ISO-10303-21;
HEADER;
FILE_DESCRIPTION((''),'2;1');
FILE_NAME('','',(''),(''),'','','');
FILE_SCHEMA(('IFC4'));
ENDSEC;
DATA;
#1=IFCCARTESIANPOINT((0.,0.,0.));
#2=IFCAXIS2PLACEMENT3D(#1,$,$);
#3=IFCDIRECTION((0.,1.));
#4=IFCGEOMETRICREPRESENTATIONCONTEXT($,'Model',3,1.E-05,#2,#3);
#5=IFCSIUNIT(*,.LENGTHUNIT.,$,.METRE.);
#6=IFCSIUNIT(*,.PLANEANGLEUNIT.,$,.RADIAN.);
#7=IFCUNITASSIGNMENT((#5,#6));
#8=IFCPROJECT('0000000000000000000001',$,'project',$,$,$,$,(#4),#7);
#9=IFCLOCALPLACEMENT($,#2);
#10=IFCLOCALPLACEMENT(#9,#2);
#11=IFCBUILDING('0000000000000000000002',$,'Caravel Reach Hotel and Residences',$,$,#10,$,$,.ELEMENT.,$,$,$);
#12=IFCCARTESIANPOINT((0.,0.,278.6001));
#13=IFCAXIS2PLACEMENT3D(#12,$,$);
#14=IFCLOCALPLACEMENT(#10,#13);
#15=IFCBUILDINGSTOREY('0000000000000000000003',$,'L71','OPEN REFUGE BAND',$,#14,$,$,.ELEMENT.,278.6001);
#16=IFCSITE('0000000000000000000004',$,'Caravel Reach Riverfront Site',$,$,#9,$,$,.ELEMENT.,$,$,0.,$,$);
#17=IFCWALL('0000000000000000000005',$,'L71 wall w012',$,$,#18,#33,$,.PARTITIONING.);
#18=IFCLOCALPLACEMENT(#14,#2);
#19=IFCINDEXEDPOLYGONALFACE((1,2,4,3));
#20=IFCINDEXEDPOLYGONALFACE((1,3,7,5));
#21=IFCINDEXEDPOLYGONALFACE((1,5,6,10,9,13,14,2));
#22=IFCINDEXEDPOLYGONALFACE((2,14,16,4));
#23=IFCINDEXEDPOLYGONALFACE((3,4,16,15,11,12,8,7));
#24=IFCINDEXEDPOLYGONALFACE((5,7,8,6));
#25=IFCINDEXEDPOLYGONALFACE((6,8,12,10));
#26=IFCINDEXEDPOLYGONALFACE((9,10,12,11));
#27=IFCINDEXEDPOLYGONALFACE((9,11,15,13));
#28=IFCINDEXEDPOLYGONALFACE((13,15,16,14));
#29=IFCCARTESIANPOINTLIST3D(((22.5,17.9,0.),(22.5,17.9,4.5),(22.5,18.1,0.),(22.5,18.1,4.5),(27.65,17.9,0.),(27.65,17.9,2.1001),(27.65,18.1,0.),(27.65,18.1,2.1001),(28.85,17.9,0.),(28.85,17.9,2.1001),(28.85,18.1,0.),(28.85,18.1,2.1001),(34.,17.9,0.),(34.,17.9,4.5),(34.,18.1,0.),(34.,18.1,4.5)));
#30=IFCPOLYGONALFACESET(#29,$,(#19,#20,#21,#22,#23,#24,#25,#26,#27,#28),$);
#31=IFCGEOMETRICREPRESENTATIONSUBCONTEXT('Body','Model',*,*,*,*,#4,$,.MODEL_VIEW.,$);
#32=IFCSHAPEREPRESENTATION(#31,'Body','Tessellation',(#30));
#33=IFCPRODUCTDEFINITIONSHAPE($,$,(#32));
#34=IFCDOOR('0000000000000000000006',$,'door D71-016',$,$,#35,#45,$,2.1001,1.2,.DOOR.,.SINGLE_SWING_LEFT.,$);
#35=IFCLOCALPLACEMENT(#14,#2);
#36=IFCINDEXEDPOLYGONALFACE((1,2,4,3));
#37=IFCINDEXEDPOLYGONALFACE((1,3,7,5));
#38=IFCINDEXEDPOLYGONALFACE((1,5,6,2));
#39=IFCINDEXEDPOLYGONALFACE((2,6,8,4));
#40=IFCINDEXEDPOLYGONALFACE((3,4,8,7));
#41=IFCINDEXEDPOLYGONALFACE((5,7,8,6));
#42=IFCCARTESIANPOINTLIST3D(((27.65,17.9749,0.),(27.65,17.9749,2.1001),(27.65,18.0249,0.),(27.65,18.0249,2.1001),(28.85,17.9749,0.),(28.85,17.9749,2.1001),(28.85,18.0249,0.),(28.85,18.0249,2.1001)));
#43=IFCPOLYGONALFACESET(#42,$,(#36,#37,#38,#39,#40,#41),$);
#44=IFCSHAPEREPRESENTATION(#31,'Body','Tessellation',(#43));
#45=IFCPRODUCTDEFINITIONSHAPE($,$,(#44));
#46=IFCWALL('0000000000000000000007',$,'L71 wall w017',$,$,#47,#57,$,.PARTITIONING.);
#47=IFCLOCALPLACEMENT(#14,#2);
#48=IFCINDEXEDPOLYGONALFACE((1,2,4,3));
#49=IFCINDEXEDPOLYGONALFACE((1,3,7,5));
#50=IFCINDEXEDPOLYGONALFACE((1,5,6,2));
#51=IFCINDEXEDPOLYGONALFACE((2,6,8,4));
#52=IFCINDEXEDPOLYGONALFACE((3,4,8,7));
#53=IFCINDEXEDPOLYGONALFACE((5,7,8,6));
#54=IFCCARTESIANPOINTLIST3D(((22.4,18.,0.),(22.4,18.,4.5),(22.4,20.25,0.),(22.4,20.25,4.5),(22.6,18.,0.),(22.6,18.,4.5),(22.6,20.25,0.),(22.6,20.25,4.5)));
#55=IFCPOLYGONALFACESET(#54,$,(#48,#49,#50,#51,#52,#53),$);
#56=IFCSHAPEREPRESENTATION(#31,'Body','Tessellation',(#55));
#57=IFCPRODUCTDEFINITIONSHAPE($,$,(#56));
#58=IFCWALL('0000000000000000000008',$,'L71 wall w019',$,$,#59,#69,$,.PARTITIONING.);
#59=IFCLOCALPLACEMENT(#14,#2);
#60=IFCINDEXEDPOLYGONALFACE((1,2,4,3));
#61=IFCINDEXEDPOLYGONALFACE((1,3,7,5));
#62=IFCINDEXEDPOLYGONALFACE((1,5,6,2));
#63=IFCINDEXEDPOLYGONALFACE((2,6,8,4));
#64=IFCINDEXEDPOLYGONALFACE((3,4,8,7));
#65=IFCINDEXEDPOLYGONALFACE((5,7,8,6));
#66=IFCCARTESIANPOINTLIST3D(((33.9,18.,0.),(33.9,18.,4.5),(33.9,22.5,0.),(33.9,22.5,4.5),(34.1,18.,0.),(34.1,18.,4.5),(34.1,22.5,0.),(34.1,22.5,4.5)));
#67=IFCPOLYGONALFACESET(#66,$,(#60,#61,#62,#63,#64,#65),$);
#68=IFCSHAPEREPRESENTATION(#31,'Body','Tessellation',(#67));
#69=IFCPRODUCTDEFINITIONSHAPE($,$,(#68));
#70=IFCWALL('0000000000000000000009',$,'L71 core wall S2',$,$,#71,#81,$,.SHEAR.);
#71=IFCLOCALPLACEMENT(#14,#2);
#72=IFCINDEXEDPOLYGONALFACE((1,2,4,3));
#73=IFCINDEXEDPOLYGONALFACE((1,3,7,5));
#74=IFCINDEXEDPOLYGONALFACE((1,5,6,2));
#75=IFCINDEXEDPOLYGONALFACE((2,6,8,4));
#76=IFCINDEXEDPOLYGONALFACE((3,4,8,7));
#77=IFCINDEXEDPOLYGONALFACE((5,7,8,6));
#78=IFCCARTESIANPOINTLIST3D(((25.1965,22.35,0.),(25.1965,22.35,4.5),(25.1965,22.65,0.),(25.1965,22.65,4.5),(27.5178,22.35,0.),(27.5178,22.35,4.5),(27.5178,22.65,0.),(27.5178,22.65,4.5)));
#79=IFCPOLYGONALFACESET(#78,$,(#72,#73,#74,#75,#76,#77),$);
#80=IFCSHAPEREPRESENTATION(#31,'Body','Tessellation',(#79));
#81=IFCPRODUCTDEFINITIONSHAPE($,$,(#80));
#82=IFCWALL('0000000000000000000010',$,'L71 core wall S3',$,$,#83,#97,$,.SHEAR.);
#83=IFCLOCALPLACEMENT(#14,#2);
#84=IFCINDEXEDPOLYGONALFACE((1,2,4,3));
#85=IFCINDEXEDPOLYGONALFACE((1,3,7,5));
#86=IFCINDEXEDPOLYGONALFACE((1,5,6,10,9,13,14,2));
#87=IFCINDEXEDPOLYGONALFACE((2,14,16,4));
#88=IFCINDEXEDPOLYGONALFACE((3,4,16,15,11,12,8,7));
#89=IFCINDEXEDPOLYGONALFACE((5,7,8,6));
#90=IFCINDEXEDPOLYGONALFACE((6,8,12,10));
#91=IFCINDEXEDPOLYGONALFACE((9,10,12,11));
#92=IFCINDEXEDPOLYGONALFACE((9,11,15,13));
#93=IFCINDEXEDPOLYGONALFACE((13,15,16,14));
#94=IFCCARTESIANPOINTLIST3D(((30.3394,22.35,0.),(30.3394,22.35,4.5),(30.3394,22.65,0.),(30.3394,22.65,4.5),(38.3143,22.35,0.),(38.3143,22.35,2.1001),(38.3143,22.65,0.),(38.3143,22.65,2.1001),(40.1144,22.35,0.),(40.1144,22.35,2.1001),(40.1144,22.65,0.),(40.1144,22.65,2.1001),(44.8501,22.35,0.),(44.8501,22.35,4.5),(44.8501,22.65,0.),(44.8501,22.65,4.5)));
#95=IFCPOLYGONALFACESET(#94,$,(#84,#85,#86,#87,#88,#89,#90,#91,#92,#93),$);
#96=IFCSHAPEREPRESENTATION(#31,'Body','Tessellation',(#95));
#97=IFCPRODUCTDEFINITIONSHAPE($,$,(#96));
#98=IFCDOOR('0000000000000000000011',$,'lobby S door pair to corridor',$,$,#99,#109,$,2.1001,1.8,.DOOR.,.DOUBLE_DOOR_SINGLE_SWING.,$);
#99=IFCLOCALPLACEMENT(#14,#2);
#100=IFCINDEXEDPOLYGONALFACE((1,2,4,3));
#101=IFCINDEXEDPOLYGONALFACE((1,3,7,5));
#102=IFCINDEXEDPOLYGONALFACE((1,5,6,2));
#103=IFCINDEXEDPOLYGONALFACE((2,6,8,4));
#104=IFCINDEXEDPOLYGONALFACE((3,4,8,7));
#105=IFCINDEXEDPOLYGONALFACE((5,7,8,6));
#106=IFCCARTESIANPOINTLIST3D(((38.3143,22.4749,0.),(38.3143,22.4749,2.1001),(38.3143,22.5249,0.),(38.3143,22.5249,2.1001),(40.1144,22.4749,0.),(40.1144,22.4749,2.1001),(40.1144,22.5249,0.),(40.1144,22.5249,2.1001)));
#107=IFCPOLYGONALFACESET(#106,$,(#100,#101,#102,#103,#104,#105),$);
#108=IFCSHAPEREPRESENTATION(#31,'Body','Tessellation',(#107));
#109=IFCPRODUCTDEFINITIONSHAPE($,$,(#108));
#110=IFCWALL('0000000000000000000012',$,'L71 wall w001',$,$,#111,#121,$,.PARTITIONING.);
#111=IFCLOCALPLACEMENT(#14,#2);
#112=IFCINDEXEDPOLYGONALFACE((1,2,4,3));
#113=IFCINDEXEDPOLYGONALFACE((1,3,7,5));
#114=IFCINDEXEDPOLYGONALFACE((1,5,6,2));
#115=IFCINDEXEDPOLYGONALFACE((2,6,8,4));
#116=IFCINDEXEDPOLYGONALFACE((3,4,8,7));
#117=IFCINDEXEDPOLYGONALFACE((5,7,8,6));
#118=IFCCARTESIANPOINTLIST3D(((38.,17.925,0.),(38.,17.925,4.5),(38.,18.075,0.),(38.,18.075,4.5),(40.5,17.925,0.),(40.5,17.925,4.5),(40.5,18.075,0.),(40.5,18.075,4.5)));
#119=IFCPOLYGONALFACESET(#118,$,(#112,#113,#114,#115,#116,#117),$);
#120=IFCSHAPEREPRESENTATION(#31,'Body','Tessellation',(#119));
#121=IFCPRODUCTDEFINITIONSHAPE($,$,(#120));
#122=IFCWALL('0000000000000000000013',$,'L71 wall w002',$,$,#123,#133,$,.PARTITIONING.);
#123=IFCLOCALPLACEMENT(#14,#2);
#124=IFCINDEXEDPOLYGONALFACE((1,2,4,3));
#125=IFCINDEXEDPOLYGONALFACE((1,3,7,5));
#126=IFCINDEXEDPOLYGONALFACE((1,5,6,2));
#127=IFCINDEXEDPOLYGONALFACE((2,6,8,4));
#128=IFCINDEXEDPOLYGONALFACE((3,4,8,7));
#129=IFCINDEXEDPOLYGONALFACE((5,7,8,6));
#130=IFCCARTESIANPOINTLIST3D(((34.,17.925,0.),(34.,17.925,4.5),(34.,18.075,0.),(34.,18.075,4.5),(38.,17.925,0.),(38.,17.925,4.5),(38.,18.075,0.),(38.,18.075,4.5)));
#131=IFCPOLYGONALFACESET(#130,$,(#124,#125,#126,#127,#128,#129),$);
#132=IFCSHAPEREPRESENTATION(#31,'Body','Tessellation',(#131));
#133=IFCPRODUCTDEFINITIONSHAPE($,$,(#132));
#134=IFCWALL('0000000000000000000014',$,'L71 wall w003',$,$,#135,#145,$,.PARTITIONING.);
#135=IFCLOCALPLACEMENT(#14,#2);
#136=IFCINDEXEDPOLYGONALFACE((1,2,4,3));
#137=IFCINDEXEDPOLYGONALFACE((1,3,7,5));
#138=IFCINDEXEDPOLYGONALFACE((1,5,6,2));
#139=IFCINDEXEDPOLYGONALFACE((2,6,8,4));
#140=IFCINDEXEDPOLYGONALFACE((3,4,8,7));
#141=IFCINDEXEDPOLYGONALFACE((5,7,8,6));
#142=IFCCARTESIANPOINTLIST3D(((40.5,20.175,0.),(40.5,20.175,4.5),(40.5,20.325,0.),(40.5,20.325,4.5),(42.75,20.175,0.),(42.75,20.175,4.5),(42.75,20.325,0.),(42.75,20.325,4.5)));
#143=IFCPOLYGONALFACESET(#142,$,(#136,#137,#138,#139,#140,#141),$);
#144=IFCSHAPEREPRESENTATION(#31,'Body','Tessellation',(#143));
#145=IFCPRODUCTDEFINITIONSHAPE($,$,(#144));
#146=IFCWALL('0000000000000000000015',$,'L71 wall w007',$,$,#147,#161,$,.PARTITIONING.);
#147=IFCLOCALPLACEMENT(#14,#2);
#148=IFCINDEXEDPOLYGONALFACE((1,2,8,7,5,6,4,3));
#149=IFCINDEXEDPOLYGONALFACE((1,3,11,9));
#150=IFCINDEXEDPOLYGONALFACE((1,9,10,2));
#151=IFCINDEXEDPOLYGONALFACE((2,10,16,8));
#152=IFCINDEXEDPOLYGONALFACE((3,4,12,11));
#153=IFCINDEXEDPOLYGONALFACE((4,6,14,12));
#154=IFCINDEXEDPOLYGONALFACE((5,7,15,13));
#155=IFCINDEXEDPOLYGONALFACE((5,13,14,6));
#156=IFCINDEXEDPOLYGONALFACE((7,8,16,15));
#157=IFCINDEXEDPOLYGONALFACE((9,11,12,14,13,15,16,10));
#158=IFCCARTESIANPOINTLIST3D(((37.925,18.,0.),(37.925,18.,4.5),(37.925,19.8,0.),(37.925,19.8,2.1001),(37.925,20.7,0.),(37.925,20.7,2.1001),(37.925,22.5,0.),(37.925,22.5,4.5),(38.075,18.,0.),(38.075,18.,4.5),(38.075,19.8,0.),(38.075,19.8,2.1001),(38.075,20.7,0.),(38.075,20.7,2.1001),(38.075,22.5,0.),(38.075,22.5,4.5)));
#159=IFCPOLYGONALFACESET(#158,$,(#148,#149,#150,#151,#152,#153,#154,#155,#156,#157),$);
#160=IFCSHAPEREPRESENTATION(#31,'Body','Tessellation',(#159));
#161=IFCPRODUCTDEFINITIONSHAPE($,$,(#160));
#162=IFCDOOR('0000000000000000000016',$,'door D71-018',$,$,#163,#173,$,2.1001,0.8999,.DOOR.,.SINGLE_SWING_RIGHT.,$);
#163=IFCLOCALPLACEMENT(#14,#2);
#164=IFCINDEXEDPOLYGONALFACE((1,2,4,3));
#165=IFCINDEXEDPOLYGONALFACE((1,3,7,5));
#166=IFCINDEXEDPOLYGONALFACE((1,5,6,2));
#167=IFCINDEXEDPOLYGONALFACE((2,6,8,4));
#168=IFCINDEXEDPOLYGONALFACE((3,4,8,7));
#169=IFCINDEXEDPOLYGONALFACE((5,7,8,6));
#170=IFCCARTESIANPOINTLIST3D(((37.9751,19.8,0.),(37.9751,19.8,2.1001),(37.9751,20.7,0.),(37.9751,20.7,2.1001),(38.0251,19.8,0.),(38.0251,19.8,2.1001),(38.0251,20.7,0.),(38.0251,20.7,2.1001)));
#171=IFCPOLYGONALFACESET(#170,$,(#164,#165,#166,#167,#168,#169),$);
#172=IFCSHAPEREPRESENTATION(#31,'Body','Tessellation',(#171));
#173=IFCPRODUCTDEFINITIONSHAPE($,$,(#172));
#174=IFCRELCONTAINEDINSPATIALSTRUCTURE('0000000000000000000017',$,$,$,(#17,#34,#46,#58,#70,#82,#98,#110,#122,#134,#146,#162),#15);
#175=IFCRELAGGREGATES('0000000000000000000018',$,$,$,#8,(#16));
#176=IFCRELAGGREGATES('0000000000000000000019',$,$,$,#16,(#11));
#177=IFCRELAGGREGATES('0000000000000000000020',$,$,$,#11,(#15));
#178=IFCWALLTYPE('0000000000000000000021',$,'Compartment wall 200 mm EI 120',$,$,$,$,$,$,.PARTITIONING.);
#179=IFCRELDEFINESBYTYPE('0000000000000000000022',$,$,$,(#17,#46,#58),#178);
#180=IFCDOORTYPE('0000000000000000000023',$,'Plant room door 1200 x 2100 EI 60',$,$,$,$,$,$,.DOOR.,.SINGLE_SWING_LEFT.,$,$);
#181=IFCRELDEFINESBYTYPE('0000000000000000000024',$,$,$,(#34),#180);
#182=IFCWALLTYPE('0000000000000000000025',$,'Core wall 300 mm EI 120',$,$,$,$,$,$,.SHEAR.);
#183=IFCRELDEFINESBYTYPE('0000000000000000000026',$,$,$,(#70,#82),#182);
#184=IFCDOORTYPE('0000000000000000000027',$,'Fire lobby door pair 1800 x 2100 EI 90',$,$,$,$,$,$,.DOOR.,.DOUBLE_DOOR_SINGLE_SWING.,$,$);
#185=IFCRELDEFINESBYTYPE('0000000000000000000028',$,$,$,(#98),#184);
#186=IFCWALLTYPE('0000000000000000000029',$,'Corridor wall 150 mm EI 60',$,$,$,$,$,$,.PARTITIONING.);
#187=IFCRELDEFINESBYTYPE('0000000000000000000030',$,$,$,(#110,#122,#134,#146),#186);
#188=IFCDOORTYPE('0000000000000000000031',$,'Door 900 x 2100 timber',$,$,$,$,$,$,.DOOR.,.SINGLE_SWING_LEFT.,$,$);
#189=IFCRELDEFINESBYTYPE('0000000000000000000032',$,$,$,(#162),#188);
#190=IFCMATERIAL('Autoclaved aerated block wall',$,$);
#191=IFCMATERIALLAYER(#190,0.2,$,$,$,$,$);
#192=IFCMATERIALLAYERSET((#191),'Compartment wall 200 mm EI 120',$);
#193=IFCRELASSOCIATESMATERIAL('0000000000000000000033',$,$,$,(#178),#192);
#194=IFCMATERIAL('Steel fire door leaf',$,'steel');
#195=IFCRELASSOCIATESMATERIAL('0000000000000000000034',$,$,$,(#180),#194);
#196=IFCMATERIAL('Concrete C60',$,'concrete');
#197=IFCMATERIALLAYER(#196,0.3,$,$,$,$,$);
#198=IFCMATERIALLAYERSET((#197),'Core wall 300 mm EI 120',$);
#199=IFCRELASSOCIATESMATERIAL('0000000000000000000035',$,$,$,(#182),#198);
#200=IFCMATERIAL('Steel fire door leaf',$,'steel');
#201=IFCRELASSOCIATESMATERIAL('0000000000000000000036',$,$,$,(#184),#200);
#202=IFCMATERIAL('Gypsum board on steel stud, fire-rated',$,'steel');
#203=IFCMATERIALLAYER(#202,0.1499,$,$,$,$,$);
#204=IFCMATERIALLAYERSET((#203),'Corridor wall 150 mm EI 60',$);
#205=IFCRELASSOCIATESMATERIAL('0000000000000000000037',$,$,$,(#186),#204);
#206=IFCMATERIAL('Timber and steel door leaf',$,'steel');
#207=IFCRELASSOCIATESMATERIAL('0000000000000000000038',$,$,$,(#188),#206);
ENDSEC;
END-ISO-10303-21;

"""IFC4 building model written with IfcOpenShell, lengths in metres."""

from ifc_helpers import new_model, si_unit, direction, frame, frame_2d, origin, place, context, subcontext, project, spatial, rectangle, extrude, material, layer, layer_set, type_object, element, fill, save


model = new_model("IFC4")

# Units and contexts
model_context = context("Model", 3, precision=1e-05, world=origin(), true_north=direction((0.0, 1.0)))
body_context = subcontext(model_context, "Body", "Model", "MODEL_VIEW")
ifc_project = project(units=[si_unit("LENGTHUNIT", "METRE"), si_unit("PLANEANGLEUNIT", "RADIAN")], contexts=[model_context])

# Site, building, storey
site_placement = place(None, origin())
site = spatial("IfcSite", under=ifc_project, at=site_placement, Name="Caravel Reach Riverfront Site", CompositionType="ELEMENT", RefElevation=0.0)
building_placement = place(site_placement, origin())
building = spatial("IfcBuilding", under=site, at=building_placement, Name="Caravel Reach Hotel and Residences", CompositionType="ELEMENT")
storey_placement = place(building_placement, frame((0.0, 0.0, 278.6001)))
storey = spatial("IfcBuildingStorey", under=building, at=storey_placement, Name="L71", Description="OPEN REFUGE BAND", CompositionType="ELEMENT", Elevation=278.6001)

# Shared definitions
ifc_material_1 = material(Name="Autoclaved aerated block wall")
ifc_layer_1 = layer(ifc_material_1, 0.2)
ifc_layer_set_1 = layer_set([ifc_layer_1], Name="Compartment wall 200 mm EI 120")
wall_type_1 = type_object("IfcWallType", Name="Compartment wall 200 mm EI 120", PredefinedType="PARTITIONING", material=ifc_layer_set_1)

# Wall, opening, door
wall_1_placement = place(storey_placement, frame((22.5, 18.0, 0.0), z_axis=(0.0, 0.0, 1.0), x_axis=(1.0, 0.0, 0.0)))
wall_1 = element("IfcWall", 1, at=wall_1_placement, inside=storey, type_object=wall_type_1, Name="L71 wall w012", PredefinedType="PARTITIONING", context=body_context, shape_type="SweptSolid", body=[
    extrude(rectangle(XDim=11.5, YDim=0.2, at=frame_2d((5.75, 0.0))), origin(), (0.0, 0.0, 1.0), 4.5),
])
opening_1_placement = place(wall_1_placement, frame((5.1499, 0.0, 0.0)))
opening_1 = element("IfcOpeningElement", 2, at=opening_1_placement, cuts=wall_1, PredefinedType="OPENING", context=body_context, shape_type="SweptSolid", body=[
    extrude(rectangle(XDim=1.2, YDim=2.1001, at=frame_2d((0.6001, 1.05))), frame((0.0, 0.1099, 0.0), z_axis=(0.0, -1.0, 0.0), x_axis=(1.0, 0.0, 0.0)), (0.0, 0.0, 1.0), 0.22),
])
ifc_material_2 = material(Name="Steel fire door leaf", Category="steel")
door_type_1 = type_object("IfcDoorType", Name="Plant room door 1200 x 2100 EI 60", OperationType="SINGLE_SWING_LEFT", PredefinedType="DOOR", material=ifc_material_2)
door_1_placement = place(opening_1_placement, origin())
door_1 = element("IfcDoor", 3, at=door_1_placement, inside=storey, type_object=door_type_1, Name="door D71-016", OperationType="SINGLE_SWING_LEFT", OverallHeight=2.1001, OverallWidth=1.2, PredefinedType="DOOR", context=body_context, shape_type="SweptSolid", body=[
    extrude(rectangle(XDim=1.2, YDim=2.1001, at=frame_2d((0.6001, 1.05))), frame((0.0, 0.0249, 0.0), z_axis=(0.0, -1.0, 0.0), x_axis=(1.0, 0.0, 0.0)), (0.0, 0.0, 1.0), 0.05),
])
fill(opening_1, door_1)

# Walls
wall_2_placement = place(storey_placement, frame((22.5, 18.0, 0.0), z_axis=(0.0, 0.0, 1.0), x_axis=(0.0, 1.0, 0.0)))
element("IfcWall", 4, at=wall_2_placement, inside=storey, type_object=wall_type_1, Name="L71 wall w017", PredefinedType="PARTITIONING", context=body_context, shape_type="SweptSolid", body=[
    extrude(rectangle(XDim=2.25, YDim=0.2, at=frame_2d((1.125, 0.0))), origin(), (0.0, 0.0, 1.0), 4.5),
])
wall_3_placement = place(storey_placement, frame((34.0, 18.0, 0.0), z_axis=(0.0, 0.0, 1.0), x_axis=(0.0, 1.0, 0.0)))
element("IfcWall", 5, at=wall_3_placement, inside=storey, type_object=wall_type_1, Name="L71 wall w019", PredefinedType="PARTITIONING", context=body_context, shape_type="SweptSolid", body=[
    extrude(rectangle(XDim=4.5, YDim=0.2, at=frame_2d((2.25, 0.0))), origin(), (0.0, 0.0, 1.0), 4.5),
])
ifc_material_3 = material(Name="Concrete C60", Category="concrete")
ifc_layer_2 = layer(ifc_material_3, 0.3)
ifc_layer_set_2 = layer_set([ifc_layer_2], Name="Core wall 300 mm EI 120")
wall_type_2 = type_object("IfcWallType", Name="Core wall 300 mm EI 120", PredefinedType="SHEAR", material=ifc_layer_set_2)
wall_4_placement = place(storey_placement, frame((25.1965, 22.5, 0.0), z_axis=(0.0, 0.0, 1.0), x_axis=(1.0, 0.0, 0.0)))
element("IfcWall", 6, at=wall_4_placement, inside=storey, type_object=wall_type_2, Name="L71 core wall S2", PredefinedType="SHEAR", context=body_context, shape_type="SweptSolid", body=[
    extrude(rectangle(XDim=2.3213, YDim=0.3, at=frame_2d((1.1606, 0.0))), origin(), (0.0, 0.0, 1.0), 4.5),
])

# Wall, opening, door
wall_5_placement = place(storey_placement, frame((30.3394, 22.5, 0.0), z_axis=(0.0, 0.0, 1.0), x_axis=(1.0, 0.0, 0.0)))
wall_5 = element("IfcWall", 7, at=wall_5_placement, inside=storey, type_object=wall_type_2, Name="L71 core wall S3", PredefinedType="SHEAR", context=body_context, shape_type="SweptSolid", body=[
    extrude(rectangle(XDim=14.5107, YDim=0.3, at=frame_2d((7.2554, 0.0))), origin(), (0.0, 0.0, 1.0), 4.5),
])
opening_2_placement = place(wall_5_placement, frame((7.9751, 0.0, 0.0)))
opening_2 = element("IfcOpeningElement", 8, at=opening_2_placement, cuts=wall_5, PredefinedType="OPENING", context=body_context, shape_type="SweptSolid", body=[
    extrude(rectangle(XDim=1.8, YDim=2.1001, at=frame_2d((0.8999, 1.05))), frame((0.0, 0.1599, 0.0), z_axis=(0.0, -1.0, 0.0), x_axis=(1.0, 0.0, 0.0)), (0.0, 0.0, 1.0), 0.3201),
])
ifc_material_4 = material(Name="Steel fire door leaf", Category="steel")
door_type_2 = type_object("IfcDoorType", Name="Fire lobby door pair 1800 x 2100 EI 90", OperationType="DOUBLE_DOOR_SINGLE_SWING", PredefinedType="DOOR", material=ifc_material_4)
door_2_placement = place(opening_2_placement, origin())
door_2 = element("IfcDoor", 9, at=door_2_placement, inside=storey, type_object=door_type_2, Name="lobby S door pair to corridor", OperationType="DOUBLE_DOOR_SINGLE_SWING", OverallHeight=2.1001, OverallWidth=1.8, PredefinedType="DOOR", context=body_context, shape_type="SweptSolid", body=[
    extrude(rectangle(XDim=1.8, YDim=2.1001, at=frame_2d((0.8999, 1.05))), frame((0.0, 0.0249, 0.0), z_axis=(0.0, -1.0, 0.0), x_axis=(1.0, 0.0, 0.0)), (0.0, 0.0, 1.0), 0.05),
])
fill(opening_2, door_2)

# Walls
ifc_material_5 = material(Name="Gypsum board on steel stud, fire-rated", Category="steel")
ifc_layer_3 = layer(ifc_material_5, 0.1499)
ifc_layer_set_3 = layer_set([ifc_layer_3], Name="Corridor wall 150 mm EI 60")
wall_type_3 = type_object("IfcWallType", Name="Corridor wall 150 mm EI 60", PredefinedType="PARTITIONING", material=ifc_layer_set_3)
wall_6_placement = place(storey_placement, frame((38.0, 18.0, 0.0), z_axis=(0.0, 0.0, 1.0), x_axis=(1.0, 0.0, 0.0)))
element("IfcWall", 10, at=wall_6_placement, inside=storey, type_object=wall_type_3, Name="L71 wall w001", PredefinedType="PARTITIONING", context=body_context, shape_type="SweptSolid", body=[
    extrude(rectangle(XDim=2.5, YDim=0.1499, at=frame_2d((1.25, 0.0))), origin(), (0.0, 0.0, 1.0), 4.5),
])
wall_7_placement = place(storey_placement, frame((34.0, 18.0, 0.0), z_axis=(0.0, 0.0, 1.0), x_axis=(1.0, 0.0, 0.0)))
element("IfcWall", 11, at=wall_7_placement, inside=storey, type_object=wall_type_3, Name="L71 wall w002", PredefinedType="PARTITIONING", context=body_context, shape_type="SweptSolid", body=[
    extrude(rectangle(XDim=4.0, YDim=0.1499, at=frame_2d((2.0, 0.0))), origin(), (0.0, 0.0, 1.0), 4.5),
])
wall_8_placement = place(storey_placement, frame((40.5, 20.25, 0.0), z_axis=(0.0, 0.0, 1.0), x_axis=(1.0, 0.0, 0.0)))
element("IfcWall", 12, at=wall_8_placement, inside=storey, type_object=wall_type_3, Name="L71 wall w003", PredefinedType="PARTITIONING", context=body_context, shape_type="SweptSolid", body=[
    extrude(rectangle(XDim=2.25, YDim=0.1499, at=frame_2d((1.125, 0.0))), origin(), (0.0, 0.0, 1.0), 4.5),
])

# Wall, opening, door
wall_9_placement = place(storey_placement, frame((38.0, 18.0, 0.0), z_axis=(0.0, 0.0, 1.0), x_axis=(0.0, 1.0, 0.0)))
wall_9 = element("IfcWall", 13, at=wall_9_placement, inside=storey, type_object=wall_type_3, Name="L71 wall w007", PredefinedType="PARTITIONING", context=body_context, shape_type="SweptSolid", body=[
    extrude(rectangle(XDim=4.5, YDim=0.1499, at=frame_2d((2.25, 0.0))), origin(), (0.0, 0.0, 1.0), 4.5),
])
opening_3_placement = place(wall_9_placement, frame((1.8, 0.0, 0.0)))
opening_3 = element("IfcOpeningElement", 14, at=opening_3_placement, cuts=wall_9, PredefinedType="OPENING", context=body_context, shape_type="SweptSolid", body=[
    extrude(rectangle(XDim=0.8999, YDim=2.1001, at=frame_2d((0.45, 1.05))), frame((0.0, 0.085, 0.0), z_axis=(0.0, -1.0, 0.0), x_axis=(1.0, 0.0, 0.0)), (0.0, 0.0, 1.0), 0.1699),
])
ifc_material_6 = material(Name="Timber and steel door leaf", Category="steel")
door_type_3 = type_object("IfcDoorType", Name="Door 900 x 2100 timber", OperationType="SINGLE_SWING_LEFT", PredefinedType="DOOR", material=ifc_material_6)
door_3_placement = place(opening_3_placement, origin())
door_3 = element("IfcDoor", 15, at=door_3_placement, inside=storey, type_object=door_type_3, Name="door D71-018", OperationType="SINGLE_SWING_RIGHT", OverallHeight=2.1001, OverallWidth=0.8999, PredefinedType="DOOR", context=body_context, shape_type="SweptSolid", body=[
    extrude(rectangle(XDim=0.8999, YDim=2.1001, at=frame_2d((0.45, 1.05))), frame((0.0, 0.0249, 0.0), z_axis=(0.0, -1.0, 0.0), x_axis=(1.0, 0.0, 0.0)), (0.0, 0.0, 1.0), 0.05),
])
fill(opening_3, door_3)

save(model, "model.ifc")
